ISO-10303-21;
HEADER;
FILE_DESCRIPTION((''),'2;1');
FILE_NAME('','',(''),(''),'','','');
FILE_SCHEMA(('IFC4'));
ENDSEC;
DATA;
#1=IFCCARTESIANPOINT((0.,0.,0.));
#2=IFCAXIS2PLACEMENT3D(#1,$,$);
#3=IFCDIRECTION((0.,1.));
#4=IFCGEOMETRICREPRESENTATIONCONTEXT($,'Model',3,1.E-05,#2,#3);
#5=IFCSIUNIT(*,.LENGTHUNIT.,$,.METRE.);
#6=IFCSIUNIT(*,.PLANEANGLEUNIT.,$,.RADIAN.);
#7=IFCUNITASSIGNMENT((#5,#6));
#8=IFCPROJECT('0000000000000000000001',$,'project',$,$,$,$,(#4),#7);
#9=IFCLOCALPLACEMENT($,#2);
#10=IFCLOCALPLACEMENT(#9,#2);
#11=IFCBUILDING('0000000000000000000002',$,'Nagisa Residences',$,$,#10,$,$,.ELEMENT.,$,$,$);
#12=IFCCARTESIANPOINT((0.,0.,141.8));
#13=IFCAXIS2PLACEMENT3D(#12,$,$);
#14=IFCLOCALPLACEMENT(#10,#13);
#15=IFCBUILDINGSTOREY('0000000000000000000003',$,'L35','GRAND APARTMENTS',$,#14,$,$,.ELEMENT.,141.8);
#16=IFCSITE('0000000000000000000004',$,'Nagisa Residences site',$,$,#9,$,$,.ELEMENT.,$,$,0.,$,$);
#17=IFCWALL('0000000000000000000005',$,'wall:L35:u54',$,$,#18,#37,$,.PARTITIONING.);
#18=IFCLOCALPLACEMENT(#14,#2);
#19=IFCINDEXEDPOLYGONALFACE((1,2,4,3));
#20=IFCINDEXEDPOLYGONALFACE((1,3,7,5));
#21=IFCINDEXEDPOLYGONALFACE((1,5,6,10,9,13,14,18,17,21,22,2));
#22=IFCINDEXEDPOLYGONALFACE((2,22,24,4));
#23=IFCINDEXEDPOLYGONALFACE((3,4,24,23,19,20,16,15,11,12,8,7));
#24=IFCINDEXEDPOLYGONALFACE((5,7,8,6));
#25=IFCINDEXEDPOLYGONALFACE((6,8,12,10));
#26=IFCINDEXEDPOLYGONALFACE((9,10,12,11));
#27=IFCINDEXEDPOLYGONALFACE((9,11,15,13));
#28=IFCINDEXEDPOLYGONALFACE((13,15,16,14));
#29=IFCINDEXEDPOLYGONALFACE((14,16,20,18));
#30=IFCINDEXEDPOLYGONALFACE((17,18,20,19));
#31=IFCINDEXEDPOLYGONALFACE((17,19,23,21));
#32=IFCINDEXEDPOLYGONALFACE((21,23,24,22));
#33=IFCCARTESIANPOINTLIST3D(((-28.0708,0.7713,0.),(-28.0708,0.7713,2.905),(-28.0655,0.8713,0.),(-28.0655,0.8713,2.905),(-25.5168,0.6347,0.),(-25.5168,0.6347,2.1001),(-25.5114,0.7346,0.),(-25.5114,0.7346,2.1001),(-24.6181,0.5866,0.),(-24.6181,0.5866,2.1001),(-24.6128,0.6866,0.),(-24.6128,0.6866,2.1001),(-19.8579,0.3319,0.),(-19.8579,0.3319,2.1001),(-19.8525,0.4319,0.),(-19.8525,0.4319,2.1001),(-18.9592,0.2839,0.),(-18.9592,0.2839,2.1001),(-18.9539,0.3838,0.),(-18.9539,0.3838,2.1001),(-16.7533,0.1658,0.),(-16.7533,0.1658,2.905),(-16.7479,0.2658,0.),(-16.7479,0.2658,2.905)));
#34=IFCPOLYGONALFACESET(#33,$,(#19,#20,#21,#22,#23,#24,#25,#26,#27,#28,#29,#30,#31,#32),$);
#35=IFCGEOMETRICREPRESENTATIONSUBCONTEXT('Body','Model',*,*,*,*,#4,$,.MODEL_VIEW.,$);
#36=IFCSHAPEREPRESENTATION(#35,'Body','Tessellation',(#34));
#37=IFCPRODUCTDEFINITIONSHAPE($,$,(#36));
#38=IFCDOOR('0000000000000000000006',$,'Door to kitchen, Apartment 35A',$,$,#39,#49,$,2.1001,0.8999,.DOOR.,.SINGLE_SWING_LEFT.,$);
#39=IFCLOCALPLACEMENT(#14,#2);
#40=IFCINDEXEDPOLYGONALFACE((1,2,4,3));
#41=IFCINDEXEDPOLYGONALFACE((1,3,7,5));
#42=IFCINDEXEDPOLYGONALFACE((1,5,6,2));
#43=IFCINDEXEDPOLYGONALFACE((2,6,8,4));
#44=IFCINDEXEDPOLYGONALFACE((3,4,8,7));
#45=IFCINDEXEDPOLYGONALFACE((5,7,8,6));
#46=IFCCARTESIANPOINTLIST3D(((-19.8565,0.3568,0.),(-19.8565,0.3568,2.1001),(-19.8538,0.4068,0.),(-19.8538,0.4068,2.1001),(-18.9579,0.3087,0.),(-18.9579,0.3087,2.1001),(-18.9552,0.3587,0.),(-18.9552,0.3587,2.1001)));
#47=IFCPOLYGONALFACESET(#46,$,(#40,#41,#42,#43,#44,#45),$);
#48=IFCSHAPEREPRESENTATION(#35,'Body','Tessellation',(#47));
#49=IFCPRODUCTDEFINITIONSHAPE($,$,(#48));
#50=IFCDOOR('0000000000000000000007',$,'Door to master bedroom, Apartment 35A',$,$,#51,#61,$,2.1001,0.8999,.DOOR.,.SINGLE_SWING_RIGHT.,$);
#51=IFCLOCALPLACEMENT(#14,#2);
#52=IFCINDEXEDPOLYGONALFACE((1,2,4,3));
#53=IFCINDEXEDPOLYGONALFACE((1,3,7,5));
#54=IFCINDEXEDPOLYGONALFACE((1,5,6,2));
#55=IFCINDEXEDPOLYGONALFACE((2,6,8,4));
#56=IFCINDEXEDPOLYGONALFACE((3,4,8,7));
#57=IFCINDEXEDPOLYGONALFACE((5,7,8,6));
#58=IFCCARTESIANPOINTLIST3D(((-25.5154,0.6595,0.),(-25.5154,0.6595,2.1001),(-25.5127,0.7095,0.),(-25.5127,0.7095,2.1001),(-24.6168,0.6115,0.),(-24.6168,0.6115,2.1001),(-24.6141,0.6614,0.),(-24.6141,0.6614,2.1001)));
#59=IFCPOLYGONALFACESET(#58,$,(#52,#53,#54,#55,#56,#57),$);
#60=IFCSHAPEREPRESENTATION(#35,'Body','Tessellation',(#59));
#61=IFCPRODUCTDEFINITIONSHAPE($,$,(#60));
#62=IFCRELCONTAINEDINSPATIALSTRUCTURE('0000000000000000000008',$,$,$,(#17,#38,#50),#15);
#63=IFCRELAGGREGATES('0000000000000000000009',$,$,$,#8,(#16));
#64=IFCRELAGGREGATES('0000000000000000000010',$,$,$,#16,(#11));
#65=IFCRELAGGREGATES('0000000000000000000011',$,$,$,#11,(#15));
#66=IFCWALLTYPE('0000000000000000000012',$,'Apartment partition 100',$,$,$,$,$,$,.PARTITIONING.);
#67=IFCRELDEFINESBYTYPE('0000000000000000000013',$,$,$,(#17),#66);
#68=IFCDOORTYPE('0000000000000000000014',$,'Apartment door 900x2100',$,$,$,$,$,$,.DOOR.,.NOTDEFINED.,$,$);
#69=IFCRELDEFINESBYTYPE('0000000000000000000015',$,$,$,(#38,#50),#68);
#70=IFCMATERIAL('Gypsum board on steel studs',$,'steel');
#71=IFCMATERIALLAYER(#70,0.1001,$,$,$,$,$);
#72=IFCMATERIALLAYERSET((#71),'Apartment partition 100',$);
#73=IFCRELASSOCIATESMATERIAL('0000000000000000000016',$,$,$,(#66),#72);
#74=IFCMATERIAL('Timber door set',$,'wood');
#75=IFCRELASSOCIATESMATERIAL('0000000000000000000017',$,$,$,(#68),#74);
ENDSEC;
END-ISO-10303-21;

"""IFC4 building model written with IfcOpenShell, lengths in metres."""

from ifc_helpers import new_model, si_unit, direction, frame, frame_2d, origin, place, context, subcontext, project, spatial, rectangle, extrude, material, layer, layer_set, type_object, element, fill, save


model = new_model("IFC4")

# Units and contexts
model_context = context("Model", 3, precision=1e-05, world=origin(), true_north=direction((0.0, 1.0)))
body_context = subcontext(model_context, "Body", "Model", "MODEL_VIEW")
ifc_project = project(units=[si_unit("LENGTHUNIT", "METRE"), si_unit("PLANEANGLEUNIT", "RADIAN")], contexts=[model_context])

# Site, building, storey
site_placement = place(None, origin())
site = spatial("IfcSite", under=ifc_project, at=site_placement, Name="Nagisa Residences site", CompositionType="ELEMENT", RefElevation=0.0)
building_placement = place(site_placement, origin())
building = spatial("IfcBuilding", under=site, at=building_placement, Name="Nagisa Residences", CompositionType="ELEMENT")
storey_placement = place(building_placement, frame((0.0, 0.0, 141.8)))
storey = spatial("IfcBuildingStorey", under=building, at=storey_placement, Name="L35", Description="GRAND APARTMENTS", CompositionType="ELEMENT", Elevation=141.8)

# Shared definitions
ifc_material_1 = material(Name="Gypsum board on steel studs", Category="steel")
ifc_layer_1 = layer(ifc_material_1, 0.1001)
ifc_layer_set_1 = layer_set([ifc_layer_1], Name="Apartment partition 100")
wall_type_1 = type_object("IfcWallType", Name="Apartment partition 100", PredefinedType="PARTITIONING", material=ifc_layer_set_1)

# Shared definitions
ifc_material_2 = material(Name="Timber door set", Category="wood")
door_type_1 = type_object("IfcDoorType", Name="Apartment door 900x2100", OperationType="NOTDEFINED", PredefinedType="DOOR", material=ifc_material_2)

# Wall, openings, doors
wall_1_placement = place(storey_placement, frame((-16.7505, 0.2158, 0.0), z_axis=(0.0, 0.0, 1.0), x_axis=(-0.998572, 0.053421, 0.0)))
wall_1 = element("IfcWall", 1, at=wall_1_placement, inside=storey, type_object=wall_type_1, Name="wall:L35:u54", PredefinedType="PARTITIONING", context=body_context, shape_type="SweptSolid", body=[
    extrude(rectangle(XDim=11.3337, YDim=0.1001, at=frame_2d((5.667, 0.0))), origin(), (0.0, 0.0, 1.0), 2.905),
])
opening_1_placement = place(wall_1_placement, frame((2.2092, 0.0, 0.0)))
opening_1 = element("IfcOpeningElement", 2, at=opening_1_placement, cuts=wall_1, PredefinedType="OPENING", context=body_context, shape_type="SweptSolid", body=[
    extrude(rectangle(XDim=0.8999, YDim=2.1001, at=frame_2d((0.45, 1.05))), frame((0.0, 0.0601, 0.0), z_axis=(0.0, -1.0, 0.0), x_axis=(1.0, 0.0, 0.0)), (0.0, 0.0, 1.0), 0.1201),
])
opening_2_placement = place(wall_1_placement, frame((7.8762, 0.0, 0.0)))
opening_2 = element("IfcOpeningElement", 3, at=opening_2_placement, cuts=wall_1, PredefinedType="OPENING", context=body_context, shape_type="SweptSolid", body=[
    extrude(rectangle(XDim=0.8999, YDim=2.1001, at=frame_2d((0.45, 1.05))), frame((0.0, 0.0601, 0.0), z_axis=(0.0, -1.0, 0.0), x_axis=(1.0, 0.0, 0.0)), (0.0, 0.0, 1.0), 0.1201),
])
door_1_placement = place(opening_1_placement, frame((0.8999, 0.0, 0.0), x_axis=(-1.0, 0.0, 0.0)))
door_1 = element("IfcDoor", 4, at=door_1_placement, inside=storey, type_object=door_type_1, Name="Door to kitchen, Apartment 35A", OperationType="SINGLE_SWING_LEFT", OverallHeight=2.1001, OverallWidth=0.8999, PredefinedType="DOOR", context=body_context, shape_type="SweptSolid", body=[
    extrude(rectangle(XDim=0.8999, YDim=2.1001, at=frame_2d((0.45, 1.05))), frame((0.0, 0.0249, 0.0), z_axis=(0.0, -1.0, 0.0), x_axis=(1.0, 0.0, 0.0)), (0.0, 0.0, 1.0), 0.05),
])
fill(opening_1, door_1)
door_2_placement = place(opening_2_placement, frame((0.8999, 0.0, 0.0), x_axis=(-1.0, 0.0, 0.0)))
door_2 = element("IfcDoor", 5, at=door_2_placement, inside=storey, type_object=door_type_1, Name="Door to master bedroom, Apartment 35A", OperationType="SINGLE_SWING_RIGHT", OverallHeight=2.1001, OverallWidth=0.8999, PredefinedType="DOOR", context=body_context, shape_type="SweptSolid", body=[
    extrude(rectangle(XDim=0.8999, YDim=2.1001, at=frame_2d((0.45, 1.05))), frame((0.0, 0.0249, 0.0), z_axis=(0.0, -1.0, 0.0), x_axis=(1.0, 0.0, 0.0)), (0.0, 0.0, 1.0), 0.05),
])
fill(opening_2, door_2)

save(model, "model.ifc")
